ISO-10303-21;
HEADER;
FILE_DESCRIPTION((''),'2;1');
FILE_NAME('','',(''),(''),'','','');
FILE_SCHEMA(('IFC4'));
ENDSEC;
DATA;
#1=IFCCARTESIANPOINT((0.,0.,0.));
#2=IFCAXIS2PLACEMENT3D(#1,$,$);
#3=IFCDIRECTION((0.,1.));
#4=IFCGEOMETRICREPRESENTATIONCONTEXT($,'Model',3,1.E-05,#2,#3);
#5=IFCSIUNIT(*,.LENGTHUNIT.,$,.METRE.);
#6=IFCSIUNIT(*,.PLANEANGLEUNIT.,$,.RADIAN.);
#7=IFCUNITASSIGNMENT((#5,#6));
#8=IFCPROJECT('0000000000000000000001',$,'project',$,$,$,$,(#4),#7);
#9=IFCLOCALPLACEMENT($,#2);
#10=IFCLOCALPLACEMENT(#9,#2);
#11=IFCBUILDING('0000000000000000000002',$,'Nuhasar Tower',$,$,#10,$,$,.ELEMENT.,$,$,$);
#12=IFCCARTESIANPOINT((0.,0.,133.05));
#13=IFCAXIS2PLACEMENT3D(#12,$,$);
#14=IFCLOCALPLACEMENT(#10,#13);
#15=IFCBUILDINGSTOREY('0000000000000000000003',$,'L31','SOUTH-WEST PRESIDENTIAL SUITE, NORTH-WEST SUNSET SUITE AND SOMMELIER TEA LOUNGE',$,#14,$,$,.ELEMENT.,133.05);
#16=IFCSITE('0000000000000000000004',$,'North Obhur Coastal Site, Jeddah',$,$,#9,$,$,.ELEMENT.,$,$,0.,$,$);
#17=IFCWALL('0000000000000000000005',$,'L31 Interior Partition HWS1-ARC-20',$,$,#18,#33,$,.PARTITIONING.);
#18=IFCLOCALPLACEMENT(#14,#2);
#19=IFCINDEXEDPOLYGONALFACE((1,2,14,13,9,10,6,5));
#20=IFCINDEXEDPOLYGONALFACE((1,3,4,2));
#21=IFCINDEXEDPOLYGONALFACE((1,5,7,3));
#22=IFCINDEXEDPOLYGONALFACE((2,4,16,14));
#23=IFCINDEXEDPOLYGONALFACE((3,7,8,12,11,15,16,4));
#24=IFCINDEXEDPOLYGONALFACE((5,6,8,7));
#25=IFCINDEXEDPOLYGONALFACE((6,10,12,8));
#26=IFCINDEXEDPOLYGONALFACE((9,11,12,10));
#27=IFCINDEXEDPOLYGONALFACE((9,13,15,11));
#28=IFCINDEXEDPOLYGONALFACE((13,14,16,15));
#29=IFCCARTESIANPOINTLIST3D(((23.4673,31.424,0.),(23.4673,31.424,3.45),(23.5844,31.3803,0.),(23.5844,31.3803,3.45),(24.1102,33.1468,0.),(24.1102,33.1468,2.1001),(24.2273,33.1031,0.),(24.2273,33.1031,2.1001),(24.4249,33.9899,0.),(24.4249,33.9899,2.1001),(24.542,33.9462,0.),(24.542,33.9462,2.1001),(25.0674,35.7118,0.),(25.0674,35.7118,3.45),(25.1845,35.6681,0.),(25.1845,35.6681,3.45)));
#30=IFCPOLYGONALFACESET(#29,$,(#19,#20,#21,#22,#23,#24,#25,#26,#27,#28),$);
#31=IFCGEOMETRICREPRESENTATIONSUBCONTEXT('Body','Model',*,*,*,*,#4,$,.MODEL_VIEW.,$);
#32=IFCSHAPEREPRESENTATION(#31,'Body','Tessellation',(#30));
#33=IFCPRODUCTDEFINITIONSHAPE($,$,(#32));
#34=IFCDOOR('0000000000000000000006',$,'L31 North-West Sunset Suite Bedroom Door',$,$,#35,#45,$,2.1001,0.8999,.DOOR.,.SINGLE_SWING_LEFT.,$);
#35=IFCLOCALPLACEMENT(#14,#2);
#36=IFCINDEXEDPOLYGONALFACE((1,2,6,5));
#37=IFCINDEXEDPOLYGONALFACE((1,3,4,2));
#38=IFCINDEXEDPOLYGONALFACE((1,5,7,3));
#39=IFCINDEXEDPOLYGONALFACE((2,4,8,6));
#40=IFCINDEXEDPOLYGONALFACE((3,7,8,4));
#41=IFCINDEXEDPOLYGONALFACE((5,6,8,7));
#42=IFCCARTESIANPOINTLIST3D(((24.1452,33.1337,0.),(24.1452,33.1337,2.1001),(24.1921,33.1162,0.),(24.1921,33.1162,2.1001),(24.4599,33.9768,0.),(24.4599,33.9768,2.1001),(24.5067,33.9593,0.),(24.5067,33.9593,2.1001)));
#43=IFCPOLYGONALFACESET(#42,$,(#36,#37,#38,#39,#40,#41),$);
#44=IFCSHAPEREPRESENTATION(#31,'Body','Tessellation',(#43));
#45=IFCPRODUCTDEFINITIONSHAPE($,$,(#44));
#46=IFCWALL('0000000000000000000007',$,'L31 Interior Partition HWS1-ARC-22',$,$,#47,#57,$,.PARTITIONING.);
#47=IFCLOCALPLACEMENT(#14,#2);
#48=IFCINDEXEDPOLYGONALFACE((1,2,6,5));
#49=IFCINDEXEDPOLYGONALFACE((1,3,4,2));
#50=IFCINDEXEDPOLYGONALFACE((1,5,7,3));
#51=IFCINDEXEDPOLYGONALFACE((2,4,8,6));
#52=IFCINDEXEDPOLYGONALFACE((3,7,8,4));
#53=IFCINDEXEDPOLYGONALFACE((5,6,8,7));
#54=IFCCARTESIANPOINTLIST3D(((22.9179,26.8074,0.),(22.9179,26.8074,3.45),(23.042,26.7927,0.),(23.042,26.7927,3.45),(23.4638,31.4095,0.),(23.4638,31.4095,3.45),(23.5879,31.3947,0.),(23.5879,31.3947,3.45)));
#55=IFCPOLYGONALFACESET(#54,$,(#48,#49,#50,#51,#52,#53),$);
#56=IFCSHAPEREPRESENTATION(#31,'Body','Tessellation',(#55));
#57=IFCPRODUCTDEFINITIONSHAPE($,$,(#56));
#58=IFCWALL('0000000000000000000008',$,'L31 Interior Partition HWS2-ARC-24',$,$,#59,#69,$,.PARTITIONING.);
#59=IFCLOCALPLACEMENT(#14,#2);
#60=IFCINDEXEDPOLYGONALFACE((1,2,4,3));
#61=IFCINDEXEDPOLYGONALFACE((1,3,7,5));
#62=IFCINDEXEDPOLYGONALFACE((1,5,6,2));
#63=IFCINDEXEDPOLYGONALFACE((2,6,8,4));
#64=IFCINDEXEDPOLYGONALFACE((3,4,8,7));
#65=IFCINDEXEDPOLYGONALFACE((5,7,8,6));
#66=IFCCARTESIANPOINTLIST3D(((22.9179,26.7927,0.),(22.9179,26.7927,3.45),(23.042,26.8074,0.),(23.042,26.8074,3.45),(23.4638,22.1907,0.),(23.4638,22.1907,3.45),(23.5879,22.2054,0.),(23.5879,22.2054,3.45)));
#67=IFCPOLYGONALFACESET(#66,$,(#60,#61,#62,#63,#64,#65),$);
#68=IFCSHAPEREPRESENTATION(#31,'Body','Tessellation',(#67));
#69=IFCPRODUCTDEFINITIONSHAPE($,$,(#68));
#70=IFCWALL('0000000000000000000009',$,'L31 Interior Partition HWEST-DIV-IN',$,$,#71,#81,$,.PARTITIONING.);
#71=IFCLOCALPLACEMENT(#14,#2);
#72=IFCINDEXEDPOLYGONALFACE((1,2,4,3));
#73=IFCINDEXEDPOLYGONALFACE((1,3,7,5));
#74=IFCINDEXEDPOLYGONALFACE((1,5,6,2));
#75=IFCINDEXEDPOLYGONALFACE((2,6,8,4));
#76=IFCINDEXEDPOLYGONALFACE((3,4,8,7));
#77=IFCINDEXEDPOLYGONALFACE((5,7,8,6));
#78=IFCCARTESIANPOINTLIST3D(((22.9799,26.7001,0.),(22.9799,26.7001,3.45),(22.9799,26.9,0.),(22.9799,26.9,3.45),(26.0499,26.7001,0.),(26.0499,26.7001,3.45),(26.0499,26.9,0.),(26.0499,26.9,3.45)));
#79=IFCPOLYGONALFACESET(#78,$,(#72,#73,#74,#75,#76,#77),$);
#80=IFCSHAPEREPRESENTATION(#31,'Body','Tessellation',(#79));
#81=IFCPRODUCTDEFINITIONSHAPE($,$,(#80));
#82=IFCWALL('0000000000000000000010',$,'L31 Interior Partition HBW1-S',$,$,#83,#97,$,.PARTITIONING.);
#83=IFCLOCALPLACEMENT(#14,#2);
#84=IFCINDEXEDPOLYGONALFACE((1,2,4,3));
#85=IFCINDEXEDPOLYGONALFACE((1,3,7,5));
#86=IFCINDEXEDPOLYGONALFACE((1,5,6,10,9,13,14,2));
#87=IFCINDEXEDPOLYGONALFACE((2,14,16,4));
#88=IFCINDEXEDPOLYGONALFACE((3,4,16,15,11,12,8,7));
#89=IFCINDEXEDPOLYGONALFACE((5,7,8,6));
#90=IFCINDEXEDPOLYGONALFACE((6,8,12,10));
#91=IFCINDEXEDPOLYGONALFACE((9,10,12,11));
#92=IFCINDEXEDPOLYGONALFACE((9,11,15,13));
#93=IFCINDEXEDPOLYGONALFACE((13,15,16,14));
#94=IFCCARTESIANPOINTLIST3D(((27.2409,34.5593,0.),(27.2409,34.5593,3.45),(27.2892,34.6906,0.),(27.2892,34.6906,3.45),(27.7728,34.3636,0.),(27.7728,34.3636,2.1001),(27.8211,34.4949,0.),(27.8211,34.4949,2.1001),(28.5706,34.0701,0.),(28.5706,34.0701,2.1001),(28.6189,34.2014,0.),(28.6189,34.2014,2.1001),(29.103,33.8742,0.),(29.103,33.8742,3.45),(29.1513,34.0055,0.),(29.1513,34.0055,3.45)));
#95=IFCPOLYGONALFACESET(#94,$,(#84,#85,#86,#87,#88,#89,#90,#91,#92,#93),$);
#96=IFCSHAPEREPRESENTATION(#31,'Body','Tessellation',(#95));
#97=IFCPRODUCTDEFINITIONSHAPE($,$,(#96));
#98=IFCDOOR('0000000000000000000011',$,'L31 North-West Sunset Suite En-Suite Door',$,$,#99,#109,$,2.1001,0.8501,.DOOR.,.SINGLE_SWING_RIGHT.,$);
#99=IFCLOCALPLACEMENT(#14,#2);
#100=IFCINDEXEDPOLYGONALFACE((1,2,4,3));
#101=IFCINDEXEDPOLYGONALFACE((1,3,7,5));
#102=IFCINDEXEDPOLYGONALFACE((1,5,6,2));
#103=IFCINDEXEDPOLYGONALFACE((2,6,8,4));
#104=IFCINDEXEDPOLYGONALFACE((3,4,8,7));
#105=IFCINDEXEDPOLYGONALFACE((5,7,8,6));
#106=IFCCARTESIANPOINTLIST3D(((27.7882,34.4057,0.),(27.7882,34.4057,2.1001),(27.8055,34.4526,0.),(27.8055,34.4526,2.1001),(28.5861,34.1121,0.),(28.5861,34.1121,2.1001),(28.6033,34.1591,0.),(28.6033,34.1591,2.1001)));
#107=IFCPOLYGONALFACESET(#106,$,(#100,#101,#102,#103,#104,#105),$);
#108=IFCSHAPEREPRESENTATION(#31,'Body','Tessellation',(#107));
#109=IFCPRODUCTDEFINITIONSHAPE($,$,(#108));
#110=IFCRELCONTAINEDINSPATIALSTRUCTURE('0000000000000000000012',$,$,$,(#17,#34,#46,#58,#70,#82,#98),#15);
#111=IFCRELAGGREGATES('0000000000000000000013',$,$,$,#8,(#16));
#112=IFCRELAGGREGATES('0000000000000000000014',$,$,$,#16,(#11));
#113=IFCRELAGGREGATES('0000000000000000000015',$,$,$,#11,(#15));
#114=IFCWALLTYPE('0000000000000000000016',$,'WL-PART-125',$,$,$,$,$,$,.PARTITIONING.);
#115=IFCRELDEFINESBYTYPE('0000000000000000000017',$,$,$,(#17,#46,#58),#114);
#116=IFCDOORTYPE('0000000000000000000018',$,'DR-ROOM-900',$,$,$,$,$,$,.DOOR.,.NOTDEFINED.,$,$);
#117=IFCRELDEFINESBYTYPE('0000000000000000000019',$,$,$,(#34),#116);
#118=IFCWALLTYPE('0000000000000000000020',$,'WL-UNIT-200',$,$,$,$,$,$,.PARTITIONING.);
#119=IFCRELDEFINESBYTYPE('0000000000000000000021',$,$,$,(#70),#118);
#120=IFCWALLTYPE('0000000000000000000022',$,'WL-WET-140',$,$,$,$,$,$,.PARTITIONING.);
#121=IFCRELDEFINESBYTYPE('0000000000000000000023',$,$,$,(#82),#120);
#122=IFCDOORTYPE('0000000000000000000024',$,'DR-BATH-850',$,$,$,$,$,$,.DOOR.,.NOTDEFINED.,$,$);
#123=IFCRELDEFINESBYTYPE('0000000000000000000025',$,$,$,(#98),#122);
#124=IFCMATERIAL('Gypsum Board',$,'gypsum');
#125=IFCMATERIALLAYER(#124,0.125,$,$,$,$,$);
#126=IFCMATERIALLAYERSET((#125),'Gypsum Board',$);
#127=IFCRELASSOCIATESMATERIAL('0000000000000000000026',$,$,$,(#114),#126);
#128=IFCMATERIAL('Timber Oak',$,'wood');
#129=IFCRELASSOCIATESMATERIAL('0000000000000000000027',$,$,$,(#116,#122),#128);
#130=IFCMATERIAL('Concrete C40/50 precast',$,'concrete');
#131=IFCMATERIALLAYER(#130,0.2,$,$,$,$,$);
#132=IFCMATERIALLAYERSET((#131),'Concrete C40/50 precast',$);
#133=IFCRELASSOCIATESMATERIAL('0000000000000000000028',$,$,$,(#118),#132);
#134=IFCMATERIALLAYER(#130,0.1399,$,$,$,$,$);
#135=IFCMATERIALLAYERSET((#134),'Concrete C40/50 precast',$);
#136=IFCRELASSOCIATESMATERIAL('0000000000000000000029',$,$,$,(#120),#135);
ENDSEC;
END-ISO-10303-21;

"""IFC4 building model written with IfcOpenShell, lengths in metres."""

from ifc_helpers import new_model, si_unit, direction, frame, frame_2d, origin, place, context, subcontext, project, spatial, rectangle, extrude, material, layer, layer_set, type_object, element, fill, save


model = new_model("IFC4")

# Units and contexts
model_context = context("Model", 3, precision=1e-05, world=origin(), true_north=direction((0.0, 1.0)))
body_context = subcontext(model_context, "Body", "Model", "MODEL_VIEW")
ifc_project = project(units=[si_unit("LENGTHUNIT", "METRE"), si_unit("PLANEANGLEUNIT", "RADIAN")], contexts=[model_context])

# Site, building, storey
site_placement = place(None, origin())
site = spatial("IfcSite", under=ifc_project, at=site_placement, Name="North Obhur Coastal Site, Jeddah", CompositionType="ELEMENT", RefElevation=0.0)
building_placement = place(site_placement, origin())
building = spatial("IfcBuilding", under=site, at=building_placement, Name="Nuhasar Tower", CompositionType="ELEMENT")
storey_placement = place(building_placement, frame((0.0, 0.0, 133.05)))
storey = spatial("IfcBuildingStorey", under=building, at=storey_placement, Name="L31", Description="SOUTH-WEST PRESIDENTIAL SUITE, NORTH-WEST SUNSET SUITE AND SOMMELIER TEA LOUNGE", CompositionType="ELEMENT", Elevation=133.05)

# Shared definitions
ifc_material_1 = material(Name="Gypsum Board", Category="gypsum")

# Shared definitions
ifc_material_2 = material(Name="Timber Oak", Category="wood")

# Shared definitions
ifc_layer_1 = layer(ifc_material_1, 0.125)
ifc_layer_set_1 = layer_set([ifc_layer_1], Name="Gypsum Board")
wall_type_1 = type_object("IfcWallType", Name="WL-PART-125", PredefinedType="PARTITIONING", material=ifc_layer_set_1)

# Wall, opening, door
wall_1_placement = place(storey_placement, frame((25.126, 35.6899, 0.0), z_axis=(0.0, 0.0, 1.0), x_axis=(-0.349621, -0.936891, 0.0)))
wall_1 = element("IfcWall", 1, at=wall_1_placement, inside=storey, type_object=wall_type_1, Name="L31 Interior Partition HWS1-ARC-20", PredefinedType="PARTITIONING", context=body_context, shape_type="SweptSolid", body=[
    extrude(rectangle(XDim=4.5767, YDim=0.125, at=frame_2d((2.2883, 0.0))), origin(), (0.0, 0.0, 1.0), 3.45),
])
opening_1_placement = place(wall_1_placement, frame((1.8379, 0.0, 0.0)))
opening_1 = element("IfcOpeningElement", 2, at=opening_1_placement, cuts=wall_1, PredefinedType="OPENING", context=body_context, shape_type="SweptSolid", body=[
    extrude(rectangle(XDim=0.8999, YDim=2.1001, at=frame_2d((0.45, 1.05))), frame((0.0, 0.0725, 0.0), z_axis=(0.0, -1.0, 0.0), x_axis=(1.0, 0.0, 0.0)), (0.0, 0.0, 1.0), 0.145),
])
door_type_1 = type_object("IfcDoorType", Name="DR-ROOM-900", OperationType="NOTDEFINED", PredefinedType="DOOR", material=ifc_material_2)
door_1_placement = place(opening_1_placement, origin())
door_1 = element("IfcDoor", 3, at=door_1_placement, inside=storey, type_object=door_type_1, Name="L31 North-West Sunset Suite Bedroom Door", OperationType="SINGLE_SWING_LEFT", OverallHeight=2.1001, OverallWidth=0.8999, PredefinedType="DOOR", context=body_context, shape_type="SweptSolid", body=[
    extrude(rectangle(XDim=0.8999, YDim=2.1001, at=frame_2d((0.45, 1.05))), frame((0.0, 0.0249, 0.0), z_axis=(0.0, -1.0, 0.0), x_axis=(1.0, 0.0, 0.0)), (0.0, 0.0, 1.0), 0.05),
])
fill(opening_1, door_1)

# Walls
for number, where, z_axis, x_axis, name in (
    (4, (23.5259, 31.4021, 0.0), (0.0, 0.0, 1.0), (-0.117795, -0.993038, 0.0), "L31 Interior Partition HWS1-ARC-22"),
    (5, (22.98, 26.8, 0.0), (0.0, 0.0, 1.0), (0.117795, -0.993038, 0.0), "L31 Interior Partition HWS2-ARC-24"),
):
    element("IfcWall", number, at=place(storey_placement, frame(where, z_axis=z_axis, x_axis=x_axis)), inside=storey, type_object=wall_type_1, Name=name, PredefinedType="PARTITIONING", context=body_context, shape_type="SweptSolid", body=[
        extrude(rectangle(XDim=4.6343, YDim=0.125, at=frame_2d((2.3171, 0.0))), origin(), (0.0, 0.0, 1.0), 3.45),
    ])
ifc_material_3 = material(Name="Concrete C40/50 precast", Category="concrete")
ifc_layer_2 = layer(ifc_material_3, 0.2)
ifc_layer_set_2 = layer_set([ifc_layer_2], Name="Concrete C40/50 precast")
wall_type_2 = type_object("IfcWallType", Name="WL-UNIT-200", PredefinedType="PARTITIONING", material=ifc_layer_set_2)
wall_2_placement = place(storey_placement, frame((26.05, 26.8, 0.0), z_axis=(0.0, 0.0, 1.0), x_axis=(-1.0, 0.0, 0.0)))
element("IfcWall", 6, at=wall_2_placement, inside=storey, type_object=wall_type_2, Name="L31 Interior Partition HWEST-DIV-IN", PredefinedType="PARTITIONING", context=body_context, shape_type="SweptSolid", body=[
    extrude(rectangle(XDim=3.0701, YDim=0.2, at=frame_2d((1.5352, 0.0))), origin(), (0.0, 0.0, 1.0), 3.45),
])

# Wall, opening, door
ifc_layer_3 = layer(ifc_material_3, 0.1399)
ifc_layer_set_3 = layer_set([ifc_layer_3], Name="Concrete C40/50 precast")
wall_type_3 = type_object("IfcWallType", Name="WL-WET-140", PredefinedType="PARTITIONING", material=ifc_layer_set_3)
wall_3_placement = place(storey_placement, frame((27.2649, 34.625, 0.0), z_axis=(0.0, 0.0, 1.0), x_axis=(0.938501, -0.345278, 0.0)))
wall_3 = element("IfcWall", 7, at=wall_3_placement, inside=storey, type_object=wall_type_3, Name="L31 Interior Partition HBW1-S", PredefinedType="PARTITIONING", context=body_context, shape_type="SweptSolid", body=[
    extrude(rectangle(XDim=1.9841, YDim=0.1399, at=frame_2d((0.9922, 0.0))), origin(), (0.0, 0.0, 1.0), 3.45),
])
opening_2_placement = place(wall_3_placement, frame((0.5669, 0.0, 0.0)))
opening_2 = element("IfcOpeningElement", 8, at=opening_2_placement, cuts=wall_3, PredefinedType="OPENING", context=body_context, shape_type="SweptSolid", body=[
    extrude(rectangle(XDim=0.8501, YDim=2.1001, at=frame_2d((0.425, 1.05))), frame((0.0, 0.0801, 0.0), z_axis=(0.0, -1.0, 0.0), x_axis=(1.0, 0.0, 0.0)), (0.0, 0.0, 1.0), 0.1599),
])
door_type_2 = type_object("IfcDoorType", Name="DR-BATH-850", OperationType="NOTDEFINED", PredefinedType="DOOR", material=ifc_material_2)
door_2_placement = place(opening_2_placement, origin())
door_2 = element("IfcDoor", 9, at=door_2_placement, inside=storey, type_object=door_type_2, Name="L31 North-West Sunset Suite En-Suite Door", OperationType="SINGLE_SWING_RIGHT", OverallHeight=2.1001, OverallWidth=0.8501, PredefinedType="DOOR", context=body_context, shape_type="SweptSolid", body=[
    extrude(rectangle(XDim=0.8501, YDim=2.1001, at=frame_2d((0.425, 1.05))), frame((0.0, 0.0249, 0.0), z_axis=(0.0, -1.0, 0.0), x_axis=(1.0, 0.0, 0.0)), (0.0, 0.0, 1.0), 0.05),
])
fill(opening_2, door_2)

save(model, "model.ifc")
